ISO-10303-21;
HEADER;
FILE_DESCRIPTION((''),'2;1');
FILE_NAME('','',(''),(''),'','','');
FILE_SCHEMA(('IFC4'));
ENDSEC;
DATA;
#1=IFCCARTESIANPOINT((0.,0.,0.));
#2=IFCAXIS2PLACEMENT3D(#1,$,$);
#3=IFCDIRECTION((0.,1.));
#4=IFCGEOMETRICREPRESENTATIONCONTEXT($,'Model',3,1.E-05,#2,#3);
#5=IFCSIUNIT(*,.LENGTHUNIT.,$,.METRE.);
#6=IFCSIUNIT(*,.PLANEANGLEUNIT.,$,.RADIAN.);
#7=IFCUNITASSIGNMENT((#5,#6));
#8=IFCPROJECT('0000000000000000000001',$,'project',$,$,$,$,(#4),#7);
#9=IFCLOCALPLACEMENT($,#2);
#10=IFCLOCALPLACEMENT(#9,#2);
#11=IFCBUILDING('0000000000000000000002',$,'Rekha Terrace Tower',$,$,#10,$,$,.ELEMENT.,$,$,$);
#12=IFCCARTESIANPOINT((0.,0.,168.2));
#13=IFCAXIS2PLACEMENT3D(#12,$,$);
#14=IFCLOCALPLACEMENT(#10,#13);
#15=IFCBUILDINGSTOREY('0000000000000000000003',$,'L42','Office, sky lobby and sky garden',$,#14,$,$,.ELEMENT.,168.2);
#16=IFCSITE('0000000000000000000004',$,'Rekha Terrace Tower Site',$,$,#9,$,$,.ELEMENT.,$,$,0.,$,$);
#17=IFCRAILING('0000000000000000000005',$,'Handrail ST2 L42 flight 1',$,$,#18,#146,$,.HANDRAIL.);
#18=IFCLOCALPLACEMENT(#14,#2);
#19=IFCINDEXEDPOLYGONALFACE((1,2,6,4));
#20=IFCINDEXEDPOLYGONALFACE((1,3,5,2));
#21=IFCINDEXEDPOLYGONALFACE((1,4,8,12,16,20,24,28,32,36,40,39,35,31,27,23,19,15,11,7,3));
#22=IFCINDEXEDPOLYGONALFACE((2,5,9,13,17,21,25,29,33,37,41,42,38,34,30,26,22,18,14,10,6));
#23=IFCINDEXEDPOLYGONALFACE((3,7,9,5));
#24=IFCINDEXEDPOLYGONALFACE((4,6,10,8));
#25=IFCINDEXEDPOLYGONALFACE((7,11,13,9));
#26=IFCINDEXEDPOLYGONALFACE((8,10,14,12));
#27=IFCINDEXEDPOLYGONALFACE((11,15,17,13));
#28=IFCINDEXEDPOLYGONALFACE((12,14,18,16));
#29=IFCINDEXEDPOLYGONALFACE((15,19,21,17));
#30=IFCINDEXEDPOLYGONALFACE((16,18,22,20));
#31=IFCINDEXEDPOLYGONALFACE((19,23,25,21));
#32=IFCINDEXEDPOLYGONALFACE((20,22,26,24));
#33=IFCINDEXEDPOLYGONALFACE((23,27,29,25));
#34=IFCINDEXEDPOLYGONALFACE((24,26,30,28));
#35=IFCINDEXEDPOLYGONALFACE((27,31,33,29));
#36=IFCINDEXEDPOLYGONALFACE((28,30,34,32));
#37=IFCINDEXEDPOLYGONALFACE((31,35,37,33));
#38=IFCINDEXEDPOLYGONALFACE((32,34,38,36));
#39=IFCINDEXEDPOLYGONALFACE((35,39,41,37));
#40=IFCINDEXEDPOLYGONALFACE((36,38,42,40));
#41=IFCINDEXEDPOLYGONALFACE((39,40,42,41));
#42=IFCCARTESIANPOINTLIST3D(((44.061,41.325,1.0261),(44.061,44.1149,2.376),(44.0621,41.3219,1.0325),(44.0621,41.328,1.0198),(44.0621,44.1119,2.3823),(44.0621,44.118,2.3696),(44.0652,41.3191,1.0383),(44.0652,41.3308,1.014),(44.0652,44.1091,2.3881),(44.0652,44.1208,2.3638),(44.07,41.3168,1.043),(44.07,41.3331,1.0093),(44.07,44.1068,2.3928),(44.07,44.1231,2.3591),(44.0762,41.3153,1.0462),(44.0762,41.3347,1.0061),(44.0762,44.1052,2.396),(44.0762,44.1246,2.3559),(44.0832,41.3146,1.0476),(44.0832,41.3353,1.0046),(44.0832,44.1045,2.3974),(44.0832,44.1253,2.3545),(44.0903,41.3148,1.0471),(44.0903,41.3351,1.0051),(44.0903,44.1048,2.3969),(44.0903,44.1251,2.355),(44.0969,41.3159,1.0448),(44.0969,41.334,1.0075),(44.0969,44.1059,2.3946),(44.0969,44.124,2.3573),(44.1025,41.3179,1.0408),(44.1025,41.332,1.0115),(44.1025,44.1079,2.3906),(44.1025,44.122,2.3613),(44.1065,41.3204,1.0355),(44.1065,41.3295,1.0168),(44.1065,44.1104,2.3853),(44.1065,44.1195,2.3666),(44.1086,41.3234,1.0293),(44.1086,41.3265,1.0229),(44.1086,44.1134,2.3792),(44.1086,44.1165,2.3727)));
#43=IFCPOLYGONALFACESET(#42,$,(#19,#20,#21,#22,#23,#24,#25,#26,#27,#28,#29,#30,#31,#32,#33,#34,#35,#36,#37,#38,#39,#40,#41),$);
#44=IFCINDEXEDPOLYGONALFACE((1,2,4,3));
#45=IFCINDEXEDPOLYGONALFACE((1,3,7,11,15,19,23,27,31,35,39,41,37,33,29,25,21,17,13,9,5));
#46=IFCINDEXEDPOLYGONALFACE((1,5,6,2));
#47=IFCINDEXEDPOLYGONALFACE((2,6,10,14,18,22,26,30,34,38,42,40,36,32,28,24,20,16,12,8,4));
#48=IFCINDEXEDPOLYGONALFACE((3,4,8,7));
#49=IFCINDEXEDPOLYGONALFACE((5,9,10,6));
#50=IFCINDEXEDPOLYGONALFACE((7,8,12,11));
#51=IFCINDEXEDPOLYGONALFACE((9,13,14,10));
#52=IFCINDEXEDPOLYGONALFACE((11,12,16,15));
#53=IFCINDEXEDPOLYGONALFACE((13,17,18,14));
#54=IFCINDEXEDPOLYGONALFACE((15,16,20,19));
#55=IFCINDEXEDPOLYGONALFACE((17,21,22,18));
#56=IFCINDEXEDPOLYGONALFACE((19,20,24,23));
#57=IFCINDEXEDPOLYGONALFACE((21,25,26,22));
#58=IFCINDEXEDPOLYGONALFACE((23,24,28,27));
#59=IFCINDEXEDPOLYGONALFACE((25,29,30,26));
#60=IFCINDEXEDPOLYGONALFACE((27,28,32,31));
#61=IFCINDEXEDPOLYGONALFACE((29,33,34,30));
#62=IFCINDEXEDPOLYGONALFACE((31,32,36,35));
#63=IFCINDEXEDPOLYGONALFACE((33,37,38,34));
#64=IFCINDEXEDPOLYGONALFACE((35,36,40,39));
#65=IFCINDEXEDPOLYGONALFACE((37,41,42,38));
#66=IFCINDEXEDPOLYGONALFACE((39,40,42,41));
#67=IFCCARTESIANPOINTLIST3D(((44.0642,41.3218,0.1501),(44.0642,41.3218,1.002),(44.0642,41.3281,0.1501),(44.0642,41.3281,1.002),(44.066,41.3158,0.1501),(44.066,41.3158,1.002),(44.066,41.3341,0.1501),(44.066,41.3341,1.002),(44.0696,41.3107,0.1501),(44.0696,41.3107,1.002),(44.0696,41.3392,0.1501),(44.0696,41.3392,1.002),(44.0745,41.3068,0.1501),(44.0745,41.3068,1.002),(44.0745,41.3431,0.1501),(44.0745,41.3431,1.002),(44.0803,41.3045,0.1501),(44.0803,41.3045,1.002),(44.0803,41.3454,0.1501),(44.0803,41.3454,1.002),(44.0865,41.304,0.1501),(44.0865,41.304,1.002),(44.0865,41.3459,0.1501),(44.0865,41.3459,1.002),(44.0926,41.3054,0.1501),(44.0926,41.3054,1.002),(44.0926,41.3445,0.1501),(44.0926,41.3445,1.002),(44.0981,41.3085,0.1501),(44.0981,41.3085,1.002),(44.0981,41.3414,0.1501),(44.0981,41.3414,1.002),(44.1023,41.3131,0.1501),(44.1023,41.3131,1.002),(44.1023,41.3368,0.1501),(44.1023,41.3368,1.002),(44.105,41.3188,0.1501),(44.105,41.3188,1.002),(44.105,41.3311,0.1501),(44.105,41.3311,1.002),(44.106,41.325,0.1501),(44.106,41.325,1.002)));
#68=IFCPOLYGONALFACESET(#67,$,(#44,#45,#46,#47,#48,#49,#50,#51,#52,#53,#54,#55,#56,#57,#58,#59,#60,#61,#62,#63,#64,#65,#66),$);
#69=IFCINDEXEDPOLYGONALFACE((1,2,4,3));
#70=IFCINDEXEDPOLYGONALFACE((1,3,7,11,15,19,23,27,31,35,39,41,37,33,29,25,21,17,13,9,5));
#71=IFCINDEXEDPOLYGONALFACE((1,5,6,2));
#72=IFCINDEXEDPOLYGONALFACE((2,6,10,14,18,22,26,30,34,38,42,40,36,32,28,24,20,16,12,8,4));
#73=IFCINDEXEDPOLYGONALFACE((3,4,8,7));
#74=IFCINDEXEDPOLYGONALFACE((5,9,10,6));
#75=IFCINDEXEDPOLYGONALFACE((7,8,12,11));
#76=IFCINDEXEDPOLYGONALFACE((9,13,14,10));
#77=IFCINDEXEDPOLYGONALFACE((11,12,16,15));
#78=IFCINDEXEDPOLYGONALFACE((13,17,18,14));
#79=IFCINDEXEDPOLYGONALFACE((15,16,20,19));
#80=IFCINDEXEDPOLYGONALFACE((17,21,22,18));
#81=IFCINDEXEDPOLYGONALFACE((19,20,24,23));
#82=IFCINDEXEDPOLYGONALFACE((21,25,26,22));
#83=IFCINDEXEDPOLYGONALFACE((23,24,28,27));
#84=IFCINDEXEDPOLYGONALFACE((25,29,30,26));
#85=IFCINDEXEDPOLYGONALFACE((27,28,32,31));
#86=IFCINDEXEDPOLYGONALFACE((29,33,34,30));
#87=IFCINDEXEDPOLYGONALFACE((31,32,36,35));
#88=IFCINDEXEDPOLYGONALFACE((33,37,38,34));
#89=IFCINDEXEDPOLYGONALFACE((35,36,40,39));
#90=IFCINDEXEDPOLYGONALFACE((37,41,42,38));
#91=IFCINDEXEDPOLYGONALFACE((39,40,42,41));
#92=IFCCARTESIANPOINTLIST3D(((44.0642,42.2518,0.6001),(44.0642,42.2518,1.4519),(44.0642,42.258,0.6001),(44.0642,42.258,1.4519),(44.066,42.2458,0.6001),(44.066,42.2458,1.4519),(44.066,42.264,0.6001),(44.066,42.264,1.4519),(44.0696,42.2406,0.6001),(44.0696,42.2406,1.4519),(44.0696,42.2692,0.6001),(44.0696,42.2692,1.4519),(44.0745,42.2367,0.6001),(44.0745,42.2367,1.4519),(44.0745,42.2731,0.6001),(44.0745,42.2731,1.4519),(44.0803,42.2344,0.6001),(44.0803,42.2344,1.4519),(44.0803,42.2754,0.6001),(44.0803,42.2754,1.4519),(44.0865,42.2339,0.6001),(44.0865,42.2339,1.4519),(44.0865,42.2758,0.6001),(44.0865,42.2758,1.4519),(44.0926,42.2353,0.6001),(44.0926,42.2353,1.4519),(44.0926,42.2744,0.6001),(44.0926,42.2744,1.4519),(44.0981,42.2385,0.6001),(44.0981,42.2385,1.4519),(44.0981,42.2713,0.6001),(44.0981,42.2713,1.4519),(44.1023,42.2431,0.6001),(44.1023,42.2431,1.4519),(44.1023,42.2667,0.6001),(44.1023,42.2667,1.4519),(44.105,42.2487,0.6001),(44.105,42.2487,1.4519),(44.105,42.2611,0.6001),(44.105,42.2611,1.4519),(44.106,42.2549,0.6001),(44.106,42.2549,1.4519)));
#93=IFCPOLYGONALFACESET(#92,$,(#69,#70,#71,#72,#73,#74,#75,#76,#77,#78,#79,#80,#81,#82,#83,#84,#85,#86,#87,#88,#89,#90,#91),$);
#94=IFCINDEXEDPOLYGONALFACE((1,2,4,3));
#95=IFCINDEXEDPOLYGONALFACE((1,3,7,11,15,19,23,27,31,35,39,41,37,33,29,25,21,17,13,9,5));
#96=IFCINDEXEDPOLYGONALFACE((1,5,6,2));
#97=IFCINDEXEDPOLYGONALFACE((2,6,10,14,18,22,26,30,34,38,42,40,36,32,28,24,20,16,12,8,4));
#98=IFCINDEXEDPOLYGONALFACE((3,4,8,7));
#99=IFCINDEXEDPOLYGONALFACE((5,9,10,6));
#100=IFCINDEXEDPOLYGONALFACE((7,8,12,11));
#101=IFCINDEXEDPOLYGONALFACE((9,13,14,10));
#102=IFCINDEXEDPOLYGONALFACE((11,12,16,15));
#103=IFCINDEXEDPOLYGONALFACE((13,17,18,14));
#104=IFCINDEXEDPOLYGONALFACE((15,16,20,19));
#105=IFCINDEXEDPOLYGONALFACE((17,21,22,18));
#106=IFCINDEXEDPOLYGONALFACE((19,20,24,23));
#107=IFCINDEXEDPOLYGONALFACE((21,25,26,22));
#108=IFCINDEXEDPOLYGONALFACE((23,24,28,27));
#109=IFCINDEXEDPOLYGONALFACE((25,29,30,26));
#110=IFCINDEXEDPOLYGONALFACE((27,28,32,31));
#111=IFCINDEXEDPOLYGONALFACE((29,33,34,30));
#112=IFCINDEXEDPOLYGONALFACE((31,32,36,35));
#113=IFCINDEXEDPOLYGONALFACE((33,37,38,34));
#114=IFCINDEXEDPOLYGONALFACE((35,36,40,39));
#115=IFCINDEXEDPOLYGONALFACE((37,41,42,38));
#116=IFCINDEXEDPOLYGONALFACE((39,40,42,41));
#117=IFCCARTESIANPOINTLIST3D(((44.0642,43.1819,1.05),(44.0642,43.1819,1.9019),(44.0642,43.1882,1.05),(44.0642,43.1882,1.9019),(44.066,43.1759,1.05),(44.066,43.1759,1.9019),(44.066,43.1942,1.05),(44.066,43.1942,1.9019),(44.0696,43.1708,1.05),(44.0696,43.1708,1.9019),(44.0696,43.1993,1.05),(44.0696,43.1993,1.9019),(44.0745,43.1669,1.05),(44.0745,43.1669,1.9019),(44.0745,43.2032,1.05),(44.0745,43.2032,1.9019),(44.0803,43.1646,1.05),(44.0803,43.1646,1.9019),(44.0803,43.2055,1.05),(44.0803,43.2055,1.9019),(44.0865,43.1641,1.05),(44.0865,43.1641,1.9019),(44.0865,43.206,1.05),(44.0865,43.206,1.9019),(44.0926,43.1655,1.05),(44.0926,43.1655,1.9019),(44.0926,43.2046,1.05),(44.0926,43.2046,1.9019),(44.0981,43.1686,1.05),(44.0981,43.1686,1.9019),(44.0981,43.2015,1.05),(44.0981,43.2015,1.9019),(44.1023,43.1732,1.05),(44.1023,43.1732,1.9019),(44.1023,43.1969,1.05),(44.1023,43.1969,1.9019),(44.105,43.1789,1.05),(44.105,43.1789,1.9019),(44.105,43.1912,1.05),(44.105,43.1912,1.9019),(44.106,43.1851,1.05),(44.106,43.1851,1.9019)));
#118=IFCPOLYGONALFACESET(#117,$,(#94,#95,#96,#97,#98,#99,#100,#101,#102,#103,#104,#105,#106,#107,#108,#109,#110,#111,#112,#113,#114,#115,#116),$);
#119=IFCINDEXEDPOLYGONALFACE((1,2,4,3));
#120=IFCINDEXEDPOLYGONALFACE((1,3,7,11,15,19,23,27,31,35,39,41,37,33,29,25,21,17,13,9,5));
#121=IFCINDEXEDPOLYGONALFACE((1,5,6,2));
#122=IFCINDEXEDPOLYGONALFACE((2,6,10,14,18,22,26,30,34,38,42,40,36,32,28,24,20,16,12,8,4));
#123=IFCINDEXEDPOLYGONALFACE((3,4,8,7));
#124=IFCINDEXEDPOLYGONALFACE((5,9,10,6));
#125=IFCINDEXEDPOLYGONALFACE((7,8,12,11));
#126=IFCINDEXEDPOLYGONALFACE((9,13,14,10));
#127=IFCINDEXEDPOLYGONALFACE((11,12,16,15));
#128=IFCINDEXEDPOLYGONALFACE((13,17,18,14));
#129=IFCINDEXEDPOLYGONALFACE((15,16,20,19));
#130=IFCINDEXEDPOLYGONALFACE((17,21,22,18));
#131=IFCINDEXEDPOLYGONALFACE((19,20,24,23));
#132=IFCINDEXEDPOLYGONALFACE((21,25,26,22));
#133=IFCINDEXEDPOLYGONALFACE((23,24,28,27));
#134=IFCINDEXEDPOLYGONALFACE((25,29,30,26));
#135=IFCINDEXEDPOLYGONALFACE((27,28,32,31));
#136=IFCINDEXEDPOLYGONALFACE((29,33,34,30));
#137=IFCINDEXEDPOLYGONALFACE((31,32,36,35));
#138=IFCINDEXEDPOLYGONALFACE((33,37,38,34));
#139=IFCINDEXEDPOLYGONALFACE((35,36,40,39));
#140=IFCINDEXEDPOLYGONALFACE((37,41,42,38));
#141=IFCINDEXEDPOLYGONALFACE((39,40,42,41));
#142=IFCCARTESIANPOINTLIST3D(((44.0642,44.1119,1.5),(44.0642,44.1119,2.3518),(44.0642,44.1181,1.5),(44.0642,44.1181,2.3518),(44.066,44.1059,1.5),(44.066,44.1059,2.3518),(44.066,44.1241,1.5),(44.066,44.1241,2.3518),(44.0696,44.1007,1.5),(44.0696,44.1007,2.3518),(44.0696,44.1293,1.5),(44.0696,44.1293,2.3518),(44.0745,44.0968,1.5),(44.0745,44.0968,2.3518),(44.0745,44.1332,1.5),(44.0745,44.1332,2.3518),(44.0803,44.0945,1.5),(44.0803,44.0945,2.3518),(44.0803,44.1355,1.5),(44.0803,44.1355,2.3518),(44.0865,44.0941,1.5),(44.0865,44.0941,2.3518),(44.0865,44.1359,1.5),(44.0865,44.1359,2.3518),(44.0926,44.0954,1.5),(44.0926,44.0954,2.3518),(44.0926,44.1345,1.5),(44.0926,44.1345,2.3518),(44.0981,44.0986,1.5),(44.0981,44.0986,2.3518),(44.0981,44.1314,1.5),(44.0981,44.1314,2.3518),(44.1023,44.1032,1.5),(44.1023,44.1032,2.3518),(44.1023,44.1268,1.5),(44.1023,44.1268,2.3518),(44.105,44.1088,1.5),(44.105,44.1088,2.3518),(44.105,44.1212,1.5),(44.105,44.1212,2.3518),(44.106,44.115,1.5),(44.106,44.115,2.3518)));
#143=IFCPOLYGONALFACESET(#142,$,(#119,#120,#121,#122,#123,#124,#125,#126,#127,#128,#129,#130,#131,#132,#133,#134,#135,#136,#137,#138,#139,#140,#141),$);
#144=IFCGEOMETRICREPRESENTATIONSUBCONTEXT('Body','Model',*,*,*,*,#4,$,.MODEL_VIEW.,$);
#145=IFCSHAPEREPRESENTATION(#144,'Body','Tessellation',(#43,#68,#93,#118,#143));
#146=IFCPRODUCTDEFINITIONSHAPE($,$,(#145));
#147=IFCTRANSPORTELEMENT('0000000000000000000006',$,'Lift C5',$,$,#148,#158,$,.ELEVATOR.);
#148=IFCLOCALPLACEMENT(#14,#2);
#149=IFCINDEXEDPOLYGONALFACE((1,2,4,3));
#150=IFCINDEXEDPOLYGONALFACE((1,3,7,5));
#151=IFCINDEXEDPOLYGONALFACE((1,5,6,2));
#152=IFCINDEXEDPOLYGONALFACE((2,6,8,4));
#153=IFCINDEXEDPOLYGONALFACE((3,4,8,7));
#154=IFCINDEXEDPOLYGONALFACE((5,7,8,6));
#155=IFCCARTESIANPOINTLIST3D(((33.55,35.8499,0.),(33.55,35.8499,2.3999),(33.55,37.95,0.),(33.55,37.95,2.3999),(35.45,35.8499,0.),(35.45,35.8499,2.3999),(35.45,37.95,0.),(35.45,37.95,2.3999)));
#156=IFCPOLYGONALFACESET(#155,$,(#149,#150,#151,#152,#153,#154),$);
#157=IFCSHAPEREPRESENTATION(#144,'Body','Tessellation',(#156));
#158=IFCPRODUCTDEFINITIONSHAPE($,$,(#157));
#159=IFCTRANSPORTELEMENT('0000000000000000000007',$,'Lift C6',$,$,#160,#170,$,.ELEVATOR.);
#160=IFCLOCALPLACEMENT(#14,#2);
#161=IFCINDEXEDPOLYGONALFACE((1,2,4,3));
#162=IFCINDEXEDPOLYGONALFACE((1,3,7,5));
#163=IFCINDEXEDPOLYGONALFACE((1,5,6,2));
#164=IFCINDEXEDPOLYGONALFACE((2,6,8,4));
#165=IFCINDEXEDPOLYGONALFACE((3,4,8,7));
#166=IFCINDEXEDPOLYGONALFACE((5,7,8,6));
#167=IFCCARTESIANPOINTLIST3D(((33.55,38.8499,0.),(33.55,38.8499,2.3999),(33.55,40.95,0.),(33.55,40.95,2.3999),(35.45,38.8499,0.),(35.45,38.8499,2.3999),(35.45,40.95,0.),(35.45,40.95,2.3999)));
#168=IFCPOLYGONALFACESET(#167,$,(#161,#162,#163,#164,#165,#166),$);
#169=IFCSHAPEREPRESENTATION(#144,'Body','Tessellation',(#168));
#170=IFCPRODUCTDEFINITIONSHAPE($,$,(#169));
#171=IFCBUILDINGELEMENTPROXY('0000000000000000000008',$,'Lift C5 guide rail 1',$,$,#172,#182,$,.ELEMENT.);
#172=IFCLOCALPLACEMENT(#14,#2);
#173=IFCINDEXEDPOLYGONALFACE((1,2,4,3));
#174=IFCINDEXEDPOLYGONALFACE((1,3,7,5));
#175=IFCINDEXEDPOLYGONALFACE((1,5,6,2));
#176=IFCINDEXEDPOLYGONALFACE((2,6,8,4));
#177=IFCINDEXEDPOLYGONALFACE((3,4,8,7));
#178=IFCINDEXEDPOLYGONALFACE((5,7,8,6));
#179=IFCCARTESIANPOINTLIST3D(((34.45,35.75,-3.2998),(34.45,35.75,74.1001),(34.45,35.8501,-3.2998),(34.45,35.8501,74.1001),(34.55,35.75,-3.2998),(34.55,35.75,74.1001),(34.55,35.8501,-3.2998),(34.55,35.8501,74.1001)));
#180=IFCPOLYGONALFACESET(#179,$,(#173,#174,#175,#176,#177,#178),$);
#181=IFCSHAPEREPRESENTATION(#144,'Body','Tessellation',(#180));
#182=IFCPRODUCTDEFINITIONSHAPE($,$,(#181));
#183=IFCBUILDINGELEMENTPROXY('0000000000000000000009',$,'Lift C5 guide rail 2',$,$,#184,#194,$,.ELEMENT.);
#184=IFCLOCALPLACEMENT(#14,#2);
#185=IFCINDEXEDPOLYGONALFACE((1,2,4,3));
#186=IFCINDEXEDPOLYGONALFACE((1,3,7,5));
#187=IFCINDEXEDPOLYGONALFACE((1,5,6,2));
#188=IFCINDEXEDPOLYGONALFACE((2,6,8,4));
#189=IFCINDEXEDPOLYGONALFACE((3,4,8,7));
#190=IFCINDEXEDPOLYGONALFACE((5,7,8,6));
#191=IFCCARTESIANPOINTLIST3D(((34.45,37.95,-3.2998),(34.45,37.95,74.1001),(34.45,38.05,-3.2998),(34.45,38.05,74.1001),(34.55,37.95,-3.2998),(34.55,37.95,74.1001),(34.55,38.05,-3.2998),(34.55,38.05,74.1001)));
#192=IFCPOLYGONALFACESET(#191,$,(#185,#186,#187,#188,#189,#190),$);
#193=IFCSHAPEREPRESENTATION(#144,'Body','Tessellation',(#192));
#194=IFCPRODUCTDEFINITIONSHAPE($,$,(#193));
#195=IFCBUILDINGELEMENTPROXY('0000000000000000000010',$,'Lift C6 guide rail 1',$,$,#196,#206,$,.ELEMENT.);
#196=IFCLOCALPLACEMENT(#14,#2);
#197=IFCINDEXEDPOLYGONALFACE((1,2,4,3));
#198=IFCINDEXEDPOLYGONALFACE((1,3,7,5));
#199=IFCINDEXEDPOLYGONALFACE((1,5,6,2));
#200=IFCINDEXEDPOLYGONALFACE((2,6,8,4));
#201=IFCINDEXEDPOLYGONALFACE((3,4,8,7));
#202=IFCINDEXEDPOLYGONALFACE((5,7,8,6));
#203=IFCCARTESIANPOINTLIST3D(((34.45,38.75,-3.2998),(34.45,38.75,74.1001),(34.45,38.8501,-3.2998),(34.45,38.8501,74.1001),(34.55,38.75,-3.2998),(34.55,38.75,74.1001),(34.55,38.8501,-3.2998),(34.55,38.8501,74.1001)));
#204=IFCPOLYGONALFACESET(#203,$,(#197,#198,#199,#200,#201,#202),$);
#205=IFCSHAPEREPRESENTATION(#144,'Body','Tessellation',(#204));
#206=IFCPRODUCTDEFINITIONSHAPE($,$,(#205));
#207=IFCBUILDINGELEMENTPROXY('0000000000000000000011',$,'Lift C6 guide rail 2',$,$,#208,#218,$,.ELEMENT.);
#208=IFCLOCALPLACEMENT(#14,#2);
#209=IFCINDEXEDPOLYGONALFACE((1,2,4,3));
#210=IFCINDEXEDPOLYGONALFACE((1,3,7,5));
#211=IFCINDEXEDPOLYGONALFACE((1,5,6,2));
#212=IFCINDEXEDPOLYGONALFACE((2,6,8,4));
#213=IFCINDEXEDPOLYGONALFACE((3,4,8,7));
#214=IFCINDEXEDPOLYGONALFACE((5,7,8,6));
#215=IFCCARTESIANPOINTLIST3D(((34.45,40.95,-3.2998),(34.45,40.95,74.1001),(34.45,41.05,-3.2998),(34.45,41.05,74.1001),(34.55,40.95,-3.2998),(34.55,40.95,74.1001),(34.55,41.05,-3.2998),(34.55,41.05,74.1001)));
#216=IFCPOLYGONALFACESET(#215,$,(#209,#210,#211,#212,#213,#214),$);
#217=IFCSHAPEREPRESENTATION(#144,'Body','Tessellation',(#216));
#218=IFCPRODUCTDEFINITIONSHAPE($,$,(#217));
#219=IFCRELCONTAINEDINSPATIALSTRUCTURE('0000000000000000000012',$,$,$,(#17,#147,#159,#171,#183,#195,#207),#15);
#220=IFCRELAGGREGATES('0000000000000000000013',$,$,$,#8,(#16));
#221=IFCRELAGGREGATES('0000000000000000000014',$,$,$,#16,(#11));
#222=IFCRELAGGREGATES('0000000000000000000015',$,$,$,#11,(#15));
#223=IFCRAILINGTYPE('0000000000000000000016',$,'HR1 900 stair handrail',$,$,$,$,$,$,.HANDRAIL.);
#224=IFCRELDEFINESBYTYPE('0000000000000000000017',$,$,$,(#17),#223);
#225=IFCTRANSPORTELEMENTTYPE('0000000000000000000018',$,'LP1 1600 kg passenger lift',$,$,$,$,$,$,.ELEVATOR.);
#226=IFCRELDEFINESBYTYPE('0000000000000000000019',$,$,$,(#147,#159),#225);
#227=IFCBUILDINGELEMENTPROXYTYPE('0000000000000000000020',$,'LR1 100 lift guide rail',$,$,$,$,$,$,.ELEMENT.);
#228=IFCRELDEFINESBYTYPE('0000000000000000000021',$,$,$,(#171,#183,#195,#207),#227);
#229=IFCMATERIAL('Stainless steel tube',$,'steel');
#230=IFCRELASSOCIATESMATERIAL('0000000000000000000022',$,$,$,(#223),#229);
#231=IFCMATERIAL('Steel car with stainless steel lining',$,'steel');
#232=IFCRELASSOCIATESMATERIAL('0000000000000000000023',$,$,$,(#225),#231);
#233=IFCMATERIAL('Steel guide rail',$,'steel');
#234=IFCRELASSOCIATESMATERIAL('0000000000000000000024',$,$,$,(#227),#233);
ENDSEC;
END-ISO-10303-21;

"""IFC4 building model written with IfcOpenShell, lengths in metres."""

from ifc_helpers import new_model, si_unit, direction, frame, origin, origin_2d, place, context, subcontext, project, spatial, rectangle, circle, extrude, material, type_object, element, save


model = new_model("IFC4")

# Units and contexts
model_context = context("Model", 3, precision=1e-05, world=origin(), true_north=direction((0.0, 1.0)))
body_context = subcontext(model_context, "Body", "Model", "MODEL_VIEW")
ifc_project = project(units=[si_unit("LENGTHUNIT", "METRE"), si_unit("PLANEANGLEUNIT", "RADIAN")], contexts=[model_context])

# Site, building, storey
site_placement = place(None, origin())
site = spatial("IfcSite", under=ifc_project, at=site_placement, Name="Rekha Terrace Tower Site", CompositionType="ELEMENT", RefElevation=0.0)
building_placement = place(site_placement, origin())
building = spatial("IfcBuilding", under=site, at=building_placement, Name="Rekha Terrace Tower", CompositionType="ELEMENT")
storey_placement = place(building_placement, frame((0.0, 0.0, 168.2)))
storey = spatial("IfcBuildingStorey", under=building, at=storey_placement, Name="L42", Description="Office, sky lobby and sky garden", CompositionType="ELEMENT", Elevation=168.2)

# Railing
ifc_material_1 = material(Name="Stainless steel tube", Category="steel")
railing_type_1 = type_object("IfcRailingType", Name="HR1 900 stair handrail", PredefinedType="HANDRAIL", material=ifc_material_1)
railing_1_placement = place(storey_placement, frame((44.085, 41.325, 0.1501)))
element("IfcRailing", 1, at=railing_1_placement, inside=storey, type_object=railing_type_1, Name="Handrail ST2 L42 flight 1", PredefinedType="HANDRAIL", context=body_context, shape_type="SweptSolid", body=[
    extrude(circle(Radius=0.0239, at=origin_2d()), frame((0.0, 0.0, 0.876), z_axis=(0.0, 0.90018, 0.435518), x_axis=(-1.0, 0.0, 0.0)), (0.0, 0.0, 1.0), 3.0994),
    extrude(circle(Radius=0.021, at=origin_2d()), origin(), (0.0, 0.0, 1.0), 0.8518),
    extrude(circle(Radius=0.021, at=origin_2d()), frame((0.0, 0.9299, 0.45)), (0.0, 0.0, 1.0), 0.8518),
    extrude(circle(Radius=0.021, at=origin_2d()), frame((0.0, 1.8601, 0.8999)), (0.0, 0.0, 1.0), 0.8518),
    extrude(circle(Radius=0.021, at=origin_2d()), frame((0.0, 2.79, 1.3499)), (0.0, 0.0, 1.0), 0.8518),
])

# Transport elements
ifc_material_2 = material(Name="Steel car with stainless steel lining", Category="steel")
transport_element_type = type_object("IfcTransportElementType", Name="LP1 1600 kg passenger lift", PredefinedType="ELEVATOR", material=ifc_material_2)
for number, where, z_axis, x_axis, name in (
    (2, (34.5, 36.8999, 0.0), (0.0, 0.0, 1.0), (1.0, 0.0, 0.0), "Lift C5"),
    (3, (34.5, 39.8999, 0.0), (0.0, 0.0, 1.0), (1.0, 0.0, 0.0), "Lift C6"),
):
    element("IfcTransportElement", number, at=place(storey_placement, frame(where, z_axis=z_axis, x_axis=x_axis)), inside=storey, type_object=transport_element_type, Name=name, PredefinedType="ELEVATOR", context=body_context, shape_type="SweptSolid", body=[
        extrude(rectangle(XDim=1.8999, YDim=2.1001, at=origin_2d()), origin(), (0.0, 0.0, 1.0), 2.3999),
    ])

# Building element proxies
ifc_material_3 = material(Name="Steel guide rail", Category="steel")
building_element_proxy_type = type_object("IfcBuildingElementProxyType", Name="LR1 100 lift guide rail", PredefinedType="ELEMENT", material=ifc_material_3)
for number, where, z_axis, x_axis, name in (
    (4, (34.5, 35.8, -3.2998), (0.0, 0.0, 1.0), (1.0, 0.0, 0.0), "Lift C5 guide rail 1"),
    (5, (34.5, 38.0, -3.2998), (0.0, 0.0, 1.0), (1.0, 0.0, 0.0), "Lift C5 guide rail 2"),
    (6, (34.5, 38.8, -3.2998), (0.0, 0.0, 1.0), (1.0, 0.0, 0.0), "Lift C6 guide rail 1"),
    (7, (34.5, 41.0, -3.2998), (0.0, 0.0, 1.0), (1.0, 0.0, 0.0), "Lift C6 guide rail 2"),
):
    element("IfcBuildingElementProxy", number, at=place(storey_placement, frame(where, z_axis=z_axis, x_axis=x_axis)), inside=storey, type_object=building_element_proxy_type, Name=name, PredefinedType="ELEMENT", context=body_context, shape_type="SweptSolid", body=[
        extrude(rectangle(XDim=0.1001, YDim=0.1001, at=origin_2d()), origin(), (0.0, 0.0, 1.0), 77.3999),
    ])

save(model, "model.ifc")
